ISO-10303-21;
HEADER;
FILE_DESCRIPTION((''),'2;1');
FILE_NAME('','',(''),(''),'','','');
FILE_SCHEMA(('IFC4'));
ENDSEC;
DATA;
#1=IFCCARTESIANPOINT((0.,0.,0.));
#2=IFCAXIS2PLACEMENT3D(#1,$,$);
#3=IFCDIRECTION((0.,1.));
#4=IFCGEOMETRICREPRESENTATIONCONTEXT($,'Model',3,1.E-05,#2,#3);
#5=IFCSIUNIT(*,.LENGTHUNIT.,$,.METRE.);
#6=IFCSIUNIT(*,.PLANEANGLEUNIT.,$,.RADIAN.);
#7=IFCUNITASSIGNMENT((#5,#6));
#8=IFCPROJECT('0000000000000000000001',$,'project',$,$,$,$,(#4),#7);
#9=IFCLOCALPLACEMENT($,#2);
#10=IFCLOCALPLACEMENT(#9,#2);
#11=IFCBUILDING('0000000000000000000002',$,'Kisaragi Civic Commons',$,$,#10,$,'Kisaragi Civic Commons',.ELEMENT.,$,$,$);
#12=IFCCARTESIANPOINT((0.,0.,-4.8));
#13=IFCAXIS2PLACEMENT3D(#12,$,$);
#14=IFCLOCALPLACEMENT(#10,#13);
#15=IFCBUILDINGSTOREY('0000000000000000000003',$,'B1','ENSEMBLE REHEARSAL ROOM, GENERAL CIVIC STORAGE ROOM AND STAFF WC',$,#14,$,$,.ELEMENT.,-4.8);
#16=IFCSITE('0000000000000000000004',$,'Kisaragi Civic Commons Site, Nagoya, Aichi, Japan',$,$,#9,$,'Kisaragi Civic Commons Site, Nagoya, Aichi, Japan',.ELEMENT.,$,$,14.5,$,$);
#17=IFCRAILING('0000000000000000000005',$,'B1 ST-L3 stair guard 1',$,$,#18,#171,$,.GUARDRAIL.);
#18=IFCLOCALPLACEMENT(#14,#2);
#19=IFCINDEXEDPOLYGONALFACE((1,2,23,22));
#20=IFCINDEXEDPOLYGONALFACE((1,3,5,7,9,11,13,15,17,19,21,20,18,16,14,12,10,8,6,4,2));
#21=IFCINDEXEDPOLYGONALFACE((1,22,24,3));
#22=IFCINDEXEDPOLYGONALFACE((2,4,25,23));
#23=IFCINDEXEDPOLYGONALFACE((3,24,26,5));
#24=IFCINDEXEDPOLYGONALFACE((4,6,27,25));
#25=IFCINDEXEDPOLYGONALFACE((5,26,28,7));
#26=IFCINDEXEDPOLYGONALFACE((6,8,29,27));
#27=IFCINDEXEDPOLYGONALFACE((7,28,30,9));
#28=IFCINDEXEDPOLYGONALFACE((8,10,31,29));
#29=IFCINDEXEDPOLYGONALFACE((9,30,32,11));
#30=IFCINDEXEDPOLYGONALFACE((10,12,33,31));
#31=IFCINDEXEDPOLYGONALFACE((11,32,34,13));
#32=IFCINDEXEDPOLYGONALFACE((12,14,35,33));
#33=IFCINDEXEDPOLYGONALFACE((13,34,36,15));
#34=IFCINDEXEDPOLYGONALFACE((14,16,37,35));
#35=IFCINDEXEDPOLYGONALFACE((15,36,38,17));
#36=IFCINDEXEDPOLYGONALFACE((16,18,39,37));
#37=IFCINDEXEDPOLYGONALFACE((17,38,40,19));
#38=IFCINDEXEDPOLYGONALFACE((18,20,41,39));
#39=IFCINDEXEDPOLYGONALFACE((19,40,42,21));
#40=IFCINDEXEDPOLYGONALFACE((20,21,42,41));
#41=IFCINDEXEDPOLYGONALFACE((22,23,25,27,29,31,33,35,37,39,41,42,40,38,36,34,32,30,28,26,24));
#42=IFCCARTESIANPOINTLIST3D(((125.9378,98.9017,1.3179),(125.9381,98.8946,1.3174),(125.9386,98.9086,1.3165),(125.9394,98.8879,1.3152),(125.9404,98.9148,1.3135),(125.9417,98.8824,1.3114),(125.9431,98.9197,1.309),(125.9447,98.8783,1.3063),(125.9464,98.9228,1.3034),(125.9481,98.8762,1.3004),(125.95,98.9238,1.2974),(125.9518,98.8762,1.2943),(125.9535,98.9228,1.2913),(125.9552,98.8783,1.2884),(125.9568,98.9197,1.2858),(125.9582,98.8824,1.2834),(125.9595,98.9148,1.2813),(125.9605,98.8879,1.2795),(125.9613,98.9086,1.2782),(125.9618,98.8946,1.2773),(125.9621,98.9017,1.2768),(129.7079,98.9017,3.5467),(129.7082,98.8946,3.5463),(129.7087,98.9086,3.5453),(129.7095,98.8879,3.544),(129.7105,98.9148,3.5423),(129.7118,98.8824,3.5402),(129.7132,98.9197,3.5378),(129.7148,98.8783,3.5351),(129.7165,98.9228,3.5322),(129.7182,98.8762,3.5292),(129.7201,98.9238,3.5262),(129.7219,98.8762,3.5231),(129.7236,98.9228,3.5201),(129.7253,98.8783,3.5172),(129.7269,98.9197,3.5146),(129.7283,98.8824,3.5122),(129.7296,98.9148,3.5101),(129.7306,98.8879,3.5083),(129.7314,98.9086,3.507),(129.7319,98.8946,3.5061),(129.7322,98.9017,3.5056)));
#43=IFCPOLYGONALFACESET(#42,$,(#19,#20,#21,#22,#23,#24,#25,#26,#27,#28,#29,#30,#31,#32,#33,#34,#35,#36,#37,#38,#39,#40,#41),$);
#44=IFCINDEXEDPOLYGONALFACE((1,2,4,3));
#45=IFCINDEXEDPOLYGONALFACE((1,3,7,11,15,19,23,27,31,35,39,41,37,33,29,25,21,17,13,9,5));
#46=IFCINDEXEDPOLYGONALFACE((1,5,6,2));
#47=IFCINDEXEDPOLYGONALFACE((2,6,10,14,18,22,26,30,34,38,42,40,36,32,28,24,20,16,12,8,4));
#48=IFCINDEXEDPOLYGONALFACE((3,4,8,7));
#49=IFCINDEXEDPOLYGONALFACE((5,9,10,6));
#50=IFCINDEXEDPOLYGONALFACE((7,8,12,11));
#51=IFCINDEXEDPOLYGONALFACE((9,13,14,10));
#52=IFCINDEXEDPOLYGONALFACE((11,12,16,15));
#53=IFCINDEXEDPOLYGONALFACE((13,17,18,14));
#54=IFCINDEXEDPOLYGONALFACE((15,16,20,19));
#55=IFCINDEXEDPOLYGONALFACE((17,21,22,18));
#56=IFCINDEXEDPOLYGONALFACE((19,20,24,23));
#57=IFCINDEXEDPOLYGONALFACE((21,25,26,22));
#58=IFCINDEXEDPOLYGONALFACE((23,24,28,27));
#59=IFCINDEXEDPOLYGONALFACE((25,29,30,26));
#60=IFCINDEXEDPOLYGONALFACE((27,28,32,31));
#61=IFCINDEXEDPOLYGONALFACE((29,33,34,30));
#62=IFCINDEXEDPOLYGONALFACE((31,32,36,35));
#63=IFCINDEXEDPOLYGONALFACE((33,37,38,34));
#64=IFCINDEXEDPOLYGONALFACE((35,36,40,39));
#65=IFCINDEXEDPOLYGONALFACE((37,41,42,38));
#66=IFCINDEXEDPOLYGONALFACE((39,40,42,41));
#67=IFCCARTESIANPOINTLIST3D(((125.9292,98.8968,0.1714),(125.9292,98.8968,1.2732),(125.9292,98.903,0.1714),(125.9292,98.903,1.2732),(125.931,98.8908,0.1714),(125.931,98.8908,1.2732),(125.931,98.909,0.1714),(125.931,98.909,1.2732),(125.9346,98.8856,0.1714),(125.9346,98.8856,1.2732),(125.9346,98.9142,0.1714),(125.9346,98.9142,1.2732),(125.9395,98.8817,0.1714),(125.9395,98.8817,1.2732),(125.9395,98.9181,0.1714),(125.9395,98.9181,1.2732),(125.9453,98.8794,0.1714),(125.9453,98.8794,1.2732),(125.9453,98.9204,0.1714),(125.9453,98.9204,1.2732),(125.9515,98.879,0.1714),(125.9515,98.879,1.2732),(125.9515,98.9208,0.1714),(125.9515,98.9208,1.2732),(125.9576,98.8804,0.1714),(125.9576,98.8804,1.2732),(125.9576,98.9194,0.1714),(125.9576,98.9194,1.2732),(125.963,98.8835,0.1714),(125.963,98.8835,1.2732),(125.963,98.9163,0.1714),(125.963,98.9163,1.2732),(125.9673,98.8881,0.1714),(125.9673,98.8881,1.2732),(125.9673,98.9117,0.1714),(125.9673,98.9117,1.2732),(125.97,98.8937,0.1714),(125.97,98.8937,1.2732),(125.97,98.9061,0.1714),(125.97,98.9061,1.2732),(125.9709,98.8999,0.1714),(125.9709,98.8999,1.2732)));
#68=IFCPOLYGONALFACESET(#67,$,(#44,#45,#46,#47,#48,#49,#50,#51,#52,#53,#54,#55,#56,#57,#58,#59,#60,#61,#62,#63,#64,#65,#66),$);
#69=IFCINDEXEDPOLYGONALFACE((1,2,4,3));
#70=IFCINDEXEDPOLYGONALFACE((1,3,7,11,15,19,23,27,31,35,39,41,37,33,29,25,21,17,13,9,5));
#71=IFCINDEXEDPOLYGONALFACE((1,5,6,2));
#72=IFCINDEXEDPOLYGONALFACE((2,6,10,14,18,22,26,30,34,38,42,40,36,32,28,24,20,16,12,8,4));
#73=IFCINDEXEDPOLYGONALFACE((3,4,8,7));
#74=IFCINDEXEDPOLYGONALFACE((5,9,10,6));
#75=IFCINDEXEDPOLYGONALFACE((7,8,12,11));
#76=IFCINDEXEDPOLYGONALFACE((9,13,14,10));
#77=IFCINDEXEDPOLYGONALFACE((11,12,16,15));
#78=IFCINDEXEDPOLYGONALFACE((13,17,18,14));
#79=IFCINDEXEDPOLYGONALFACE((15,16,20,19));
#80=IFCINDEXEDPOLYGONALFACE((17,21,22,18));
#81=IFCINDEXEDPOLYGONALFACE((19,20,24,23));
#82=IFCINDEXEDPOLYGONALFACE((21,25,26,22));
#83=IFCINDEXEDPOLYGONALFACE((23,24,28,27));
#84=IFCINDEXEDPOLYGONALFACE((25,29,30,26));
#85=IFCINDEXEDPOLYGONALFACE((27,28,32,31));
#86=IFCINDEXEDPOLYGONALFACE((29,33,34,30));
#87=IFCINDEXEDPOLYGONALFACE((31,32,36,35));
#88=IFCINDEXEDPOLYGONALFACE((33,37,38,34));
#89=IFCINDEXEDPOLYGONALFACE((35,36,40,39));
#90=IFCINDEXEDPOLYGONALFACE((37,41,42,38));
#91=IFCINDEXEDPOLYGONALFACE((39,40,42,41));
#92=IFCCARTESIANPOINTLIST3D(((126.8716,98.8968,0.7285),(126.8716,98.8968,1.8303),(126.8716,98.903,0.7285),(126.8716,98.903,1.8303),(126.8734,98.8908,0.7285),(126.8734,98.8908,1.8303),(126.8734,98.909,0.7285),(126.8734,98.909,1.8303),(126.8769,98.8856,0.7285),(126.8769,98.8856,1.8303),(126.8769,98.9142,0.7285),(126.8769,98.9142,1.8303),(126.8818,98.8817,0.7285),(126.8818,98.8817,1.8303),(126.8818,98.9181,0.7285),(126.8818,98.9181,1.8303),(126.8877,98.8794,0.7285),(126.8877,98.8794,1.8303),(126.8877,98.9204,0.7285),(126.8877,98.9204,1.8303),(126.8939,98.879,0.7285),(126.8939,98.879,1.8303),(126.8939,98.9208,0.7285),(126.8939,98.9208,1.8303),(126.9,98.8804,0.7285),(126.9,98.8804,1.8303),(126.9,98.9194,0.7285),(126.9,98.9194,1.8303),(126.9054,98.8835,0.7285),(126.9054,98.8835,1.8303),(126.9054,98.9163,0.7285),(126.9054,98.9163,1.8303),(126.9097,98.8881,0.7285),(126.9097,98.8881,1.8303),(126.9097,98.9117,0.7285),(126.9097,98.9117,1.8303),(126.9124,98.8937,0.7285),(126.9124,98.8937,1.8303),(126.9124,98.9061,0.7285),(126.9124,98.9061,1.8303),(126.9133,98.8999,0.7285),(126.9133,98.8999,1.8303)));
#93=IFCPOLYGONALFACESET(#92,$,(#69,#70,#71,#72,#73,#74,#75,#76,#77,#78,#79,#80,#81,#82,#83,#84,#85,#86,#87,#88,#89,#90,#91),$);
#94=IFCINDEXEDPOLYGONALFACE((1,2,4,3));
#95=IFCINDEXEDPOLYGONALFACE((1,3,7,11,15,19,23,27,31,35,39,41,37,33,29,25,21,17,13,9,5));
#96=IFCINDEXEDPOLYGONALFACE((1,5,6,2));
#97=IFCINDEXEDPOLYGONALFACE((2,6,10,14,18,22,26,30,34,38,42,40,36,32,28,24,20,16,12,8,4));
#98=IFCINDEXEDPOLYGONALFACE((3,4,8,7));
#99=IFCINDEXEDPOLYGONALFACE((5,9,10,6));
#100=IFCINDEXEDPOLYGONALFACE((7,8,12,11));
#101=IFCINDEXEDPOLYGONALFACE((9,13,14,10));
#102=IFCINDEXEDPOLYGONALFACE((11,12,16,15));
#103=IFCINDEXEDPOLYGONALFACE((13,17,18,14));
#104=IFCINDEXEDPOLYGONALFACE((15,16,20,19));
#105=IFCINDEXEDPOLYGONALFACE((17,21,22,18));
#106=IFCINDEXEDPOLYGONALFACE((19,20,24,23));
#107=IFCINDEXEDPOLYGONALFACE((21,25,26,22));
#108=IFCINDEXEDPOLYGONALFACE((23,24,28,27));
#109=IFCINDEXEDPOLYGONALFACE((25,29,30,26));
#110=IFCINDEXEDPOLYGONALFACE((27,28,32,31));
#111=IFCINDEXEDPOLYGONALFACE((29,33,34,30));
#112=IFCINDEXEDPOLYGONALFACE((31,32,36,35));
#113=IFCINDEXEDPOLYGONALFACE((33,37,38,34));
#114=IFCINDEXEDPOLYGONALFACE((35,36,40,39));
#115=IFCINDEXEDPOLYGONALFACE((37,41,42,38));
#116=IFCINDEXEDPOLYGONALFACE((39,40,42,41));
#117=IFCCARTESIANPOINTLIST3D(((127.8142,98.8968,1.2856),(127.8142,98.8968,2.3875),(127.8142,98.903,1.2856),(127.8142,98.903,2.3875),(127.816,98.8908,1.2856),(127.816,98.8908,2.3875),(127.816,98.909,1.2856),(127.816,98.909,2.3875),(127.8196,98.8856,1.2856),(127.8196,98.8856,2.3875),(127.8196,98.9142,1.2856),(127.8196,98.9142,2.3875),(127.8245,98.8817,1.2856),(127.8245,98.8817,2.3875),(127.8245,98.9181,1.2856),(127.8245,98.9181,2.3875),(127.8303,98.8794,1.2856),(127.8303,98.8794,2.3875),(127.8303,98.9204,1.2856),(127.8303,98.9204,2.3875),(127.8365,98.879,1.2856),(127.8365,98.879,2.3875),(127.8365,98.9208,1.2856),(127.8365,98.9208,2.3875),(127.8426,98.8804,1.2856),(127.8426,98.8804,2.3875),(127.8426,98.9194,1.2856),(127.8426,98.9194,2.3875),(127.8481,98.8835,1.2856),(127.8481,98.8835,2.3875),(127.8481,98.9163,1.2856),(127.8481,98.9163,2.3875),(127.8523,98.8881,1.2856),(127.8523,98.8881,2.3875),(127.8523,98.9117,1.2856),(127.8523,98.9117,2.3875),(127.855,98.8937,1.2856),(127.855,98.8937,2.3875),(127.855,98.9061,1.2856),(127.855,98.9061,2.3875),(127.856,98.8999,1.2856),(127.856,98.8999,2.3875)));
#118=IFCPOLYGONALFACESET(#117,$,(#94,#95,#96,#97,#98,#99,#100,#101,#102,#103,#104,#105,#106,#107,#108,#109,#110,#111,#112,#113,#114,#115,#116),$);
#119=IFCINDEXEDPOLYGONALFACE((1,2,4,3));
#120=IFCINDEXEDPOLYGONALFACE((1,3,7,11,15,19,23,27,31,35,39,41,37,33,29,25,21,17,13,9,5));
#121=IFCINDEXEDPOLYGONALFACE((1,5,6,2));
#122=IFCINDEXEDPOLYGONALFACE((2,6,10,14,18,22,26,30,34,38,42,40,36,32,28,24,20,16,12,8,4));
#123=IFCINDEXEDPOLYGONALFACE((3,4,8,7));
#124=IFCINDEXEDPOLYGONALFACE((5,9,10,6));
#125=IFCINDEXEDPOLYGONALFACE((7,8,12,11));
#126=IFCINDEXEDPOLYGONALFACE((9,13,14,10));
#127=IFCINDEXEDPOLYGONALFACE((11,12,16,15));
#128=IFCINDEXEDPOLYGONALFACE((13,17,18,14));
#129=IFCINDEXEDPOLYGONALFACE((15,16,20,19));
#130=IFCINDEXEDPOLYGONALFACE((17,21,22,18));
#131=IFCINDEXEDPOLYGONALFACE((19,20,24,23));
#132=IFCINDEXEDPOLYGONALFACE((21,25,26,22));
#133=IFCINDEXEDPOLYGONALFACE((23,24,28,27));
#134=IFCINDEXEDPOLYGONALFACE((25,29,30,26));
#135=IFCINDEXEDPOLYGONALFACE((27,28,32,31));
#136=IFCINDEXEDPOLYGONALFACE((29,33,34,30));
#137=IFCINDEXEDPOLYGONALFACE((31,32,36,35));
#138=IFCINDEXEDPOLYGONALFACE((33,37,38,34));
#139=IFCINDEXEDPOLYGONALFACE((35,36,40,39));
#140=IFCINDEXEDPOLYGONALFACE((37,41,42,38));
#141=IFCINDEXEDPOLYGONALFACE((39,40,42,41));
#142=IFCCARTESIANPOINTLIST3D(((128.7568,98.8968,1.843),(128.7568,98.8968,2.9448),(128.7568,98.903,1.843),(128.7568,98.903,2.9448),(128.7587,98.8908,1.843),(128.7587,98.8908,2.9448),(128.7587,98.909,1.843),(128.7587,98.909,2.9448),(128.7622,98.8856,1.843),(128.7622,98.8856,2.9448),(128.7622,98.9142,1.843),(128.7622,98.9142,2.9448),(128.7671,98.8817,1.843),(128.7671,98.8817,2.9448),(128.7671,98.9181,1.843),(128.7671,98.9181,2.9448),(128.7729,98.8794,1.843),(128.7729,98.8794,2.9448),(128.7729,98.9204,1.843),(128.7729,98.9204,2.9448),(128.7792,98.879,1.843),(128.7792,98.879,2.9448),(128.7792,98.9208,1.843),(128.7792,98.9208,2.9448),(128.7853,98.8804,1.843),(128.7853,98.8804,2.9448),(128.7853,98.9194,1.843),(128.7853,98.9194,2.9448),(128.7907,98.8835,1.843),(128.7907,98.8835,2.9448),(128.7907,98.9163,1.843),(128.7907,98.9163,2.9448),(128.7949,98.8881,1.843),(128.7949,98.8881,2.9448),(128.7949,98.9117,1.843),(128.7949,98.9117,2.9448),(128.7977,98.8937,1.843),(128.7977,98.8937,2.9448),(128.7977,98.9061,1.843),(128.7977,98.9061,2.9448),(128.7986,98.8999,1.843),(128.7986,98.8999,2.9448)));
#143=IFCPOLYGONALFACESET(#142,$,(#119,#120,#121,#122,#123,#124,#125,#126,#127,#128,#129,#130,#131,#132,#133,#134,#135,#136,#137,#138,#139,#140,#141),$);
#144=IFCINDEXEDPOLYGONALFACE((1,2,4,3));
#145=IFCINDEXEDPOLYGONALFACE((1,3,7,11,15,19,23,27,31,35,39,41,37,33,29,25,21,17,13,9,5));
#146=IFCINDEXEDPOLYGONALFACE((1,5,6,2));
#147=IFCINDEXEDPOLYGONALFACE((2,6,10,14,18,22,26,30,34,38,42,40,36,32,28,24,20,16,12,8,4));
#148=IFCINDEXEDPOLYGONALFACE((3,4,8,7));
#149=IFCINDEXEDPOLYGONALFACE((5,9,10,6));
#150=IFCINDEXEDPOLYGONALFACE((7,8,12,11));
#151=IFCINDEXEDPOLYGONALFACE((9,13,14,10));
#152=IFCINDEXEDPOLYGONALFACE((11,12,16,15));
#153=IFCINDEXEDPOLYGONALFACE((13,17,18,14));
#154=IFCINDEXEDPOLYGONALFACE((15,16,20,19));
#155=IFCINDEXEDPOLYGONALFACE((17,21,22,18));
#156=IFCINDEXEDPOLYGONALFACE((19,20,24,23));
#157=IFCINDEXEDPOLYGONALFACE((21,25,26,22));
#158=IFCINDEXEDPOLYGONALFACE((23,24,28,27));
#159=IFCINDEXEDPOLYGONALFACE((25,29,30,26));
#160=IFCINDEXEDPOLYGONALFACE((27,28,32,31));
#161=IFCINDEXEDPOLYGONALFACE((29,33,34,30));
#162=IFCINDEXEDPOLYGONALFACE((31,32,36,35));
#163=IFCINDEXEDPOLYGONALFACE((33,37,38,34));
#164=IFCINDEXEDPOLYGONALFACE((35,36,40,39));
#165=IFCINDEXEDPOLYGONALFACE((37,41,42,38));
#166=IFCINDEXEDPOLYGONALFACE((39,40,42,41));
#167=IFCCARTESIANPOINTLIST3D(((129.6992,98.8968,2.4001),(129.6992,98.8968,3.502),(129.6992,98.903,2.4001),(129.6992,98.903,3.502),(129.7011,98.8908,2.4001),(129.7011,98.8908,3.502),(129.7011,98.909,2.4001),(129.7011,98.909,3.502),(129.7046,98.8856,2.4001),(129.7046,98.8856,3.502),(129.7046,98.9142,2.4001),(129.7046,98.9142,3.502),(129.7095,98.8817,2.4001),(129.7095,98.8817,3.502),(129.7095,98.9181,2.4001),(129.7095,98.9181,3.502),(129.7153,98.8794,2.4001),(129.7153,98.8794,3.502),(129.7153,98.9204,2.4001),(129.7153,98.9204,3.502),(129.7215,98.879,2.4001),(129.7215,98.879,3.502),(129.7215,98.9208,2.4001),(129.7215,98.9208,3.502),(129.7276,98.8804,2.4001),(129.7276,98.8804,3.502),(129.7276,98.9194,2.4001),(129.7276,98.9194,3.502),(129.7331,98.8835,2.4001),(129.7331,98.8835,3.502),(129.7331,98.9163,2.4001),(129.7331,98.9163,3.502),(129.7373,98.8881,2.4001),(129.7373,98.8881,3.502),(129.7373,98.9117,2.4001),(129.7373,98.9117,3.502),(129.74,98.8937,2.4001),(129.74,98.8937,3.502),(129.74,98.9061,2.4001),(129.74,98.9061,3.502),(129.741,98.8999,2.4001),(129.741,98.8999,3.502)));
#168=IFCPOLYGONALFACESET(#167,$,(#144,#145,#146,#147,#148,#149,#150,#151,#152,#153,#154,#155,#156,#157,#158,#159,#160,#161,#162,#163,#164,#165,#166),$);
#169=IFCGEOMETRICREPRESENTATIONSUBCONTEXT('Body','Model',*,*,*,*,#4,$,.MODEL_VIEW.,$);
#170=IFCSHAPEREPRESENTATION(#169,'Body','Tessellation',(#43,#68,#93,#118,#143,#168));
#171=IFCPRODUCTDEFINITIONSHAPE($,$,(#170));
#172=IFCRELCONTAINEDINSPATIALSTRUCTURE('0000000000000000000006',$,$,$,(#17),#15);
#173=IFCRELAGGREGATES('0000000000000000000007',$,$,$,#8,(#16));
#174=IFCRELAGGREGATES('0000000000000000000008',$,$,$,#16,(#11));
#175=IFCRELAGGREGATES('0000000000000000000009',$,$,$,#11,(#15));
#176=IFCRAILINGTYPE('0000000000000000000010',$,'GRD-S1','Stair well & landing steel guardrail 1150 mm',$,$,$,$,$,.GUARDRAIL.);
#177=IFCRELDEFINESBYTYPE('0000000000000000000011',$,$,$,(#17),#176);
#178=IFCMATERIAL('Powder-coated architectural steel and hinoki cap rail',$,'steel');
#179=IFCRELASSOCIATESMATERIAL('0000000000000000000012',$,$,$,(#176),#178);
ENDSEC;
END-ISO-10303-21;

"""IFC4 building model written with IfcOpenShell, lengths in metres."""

from ifc_helpers import new_model, si_unit, direction, frame, origin, origin_2d, place, context, subcontext, project, spatial, circle, extrude, material, type_object, element, save


model = new_model("IFC4")

# Units and contexts
model_context = context("Model", 3, precision=1e-05, world=origin(), true_north=direction((0.0, 1.0)))
body_context = subcontext(model_context, "Body", "Model", "MODEL_VIEW")
ifc_project = project(units=[si_unit("LENGTHUNIT", "METRE"), si_unit("PLANEANGLEUNIT", "RADIAN")], contexts=[model_context])

# Site, building, storey
site_placement = place(None, origin())
site = spatial("IfcSite", under=ifc_project, at=site_placement, Name="Kisaragi Civic Commons Site, Nagoya, Aichi, Japan", LongName="Kisaragi Civic Commons Site, Nagoya, Aichi, Japan", CompositionType="ELEMENT", RefElevation=14.5)
building_placement = place(site_placement, origin())
building = spatial("IfcBuilding", under=site, at=building_placement, Name="Kisaragi Civic Commons", LongName="Kisaragi Civic Commons", CompositionType="ELEMENT")
storey_placement = place(building_placement, frame((0.0, 0.0, -4.8)))
storey = spatial("IfcBuildingStorey", under=building, at=storey_placement, Name="B1", Description="ENSEMBLE REHEARSAL ROOM, GENERAL CIVIC STORAGE ROOM AND STAFF WC", CompositionType="ELEMENT", Elevation=-4.8)

# Railing
ifc_material_1 = material(Name="Powder-coated architectural steel and hinoki cap rail", Category="steel")
railing_type_1 = type_object("IfcRailingType", Name="GRD-S1", Description="Stair well & landing steel guardrail 1150 mm", PredefinedType="GUARDRAIL", material=ifc_material_1)
railing_1_placement = place(storey_placement, frame((125.95, 98.8999, 0.1714)))
element("IfcRailing", 1, at=railing_1_placement, inside=storey, type_object=railing_type_1, Name="B1 ST-L3 stair guard 1", PredefinedType="GUARDRAIL", context=body_context, shape_type="SweptSolid", body=[
    extrude(circle(Radius=0.0239, at=origin_2d()), frame((0.0, 0.0, 1.126), z_axis=(0.860824, 0.0, 0.508902), x_axis=(0.0, 1.0, 0.0)), (0.0, 0.0, 1.0), 4.3796),
    extrude(circle(Radius=0.021, at=origin_2d()), origin(), (0.0, 0.0, 1.0), 1.1018),
    extrude(circle(Radius=0.021, at=origin_2d()), frame((0.9424, 0.0, 0.5571)), (0.0, 0.0, 1.0), 1.1018),
    extrude(circle(Radius=0.021, at=origin_2d()), frame((1.885, 0.0, 1.1143)), (0.0, 0.0, 1.0), 1.1018),
    extrude(circle(Radius=0.021, at=origin_2d()), frame((2.8276, 0.0, 1.6716)), (0.0, 0.0, 1.0), 1.1018),
    extrude(circle(Radius=0.021, at=origin_2d()), frame((3.77, 0.0, 2.2288)), (0.0, 0.0, 1.0), 1.1018),
])

save(model, "model.ifc")
